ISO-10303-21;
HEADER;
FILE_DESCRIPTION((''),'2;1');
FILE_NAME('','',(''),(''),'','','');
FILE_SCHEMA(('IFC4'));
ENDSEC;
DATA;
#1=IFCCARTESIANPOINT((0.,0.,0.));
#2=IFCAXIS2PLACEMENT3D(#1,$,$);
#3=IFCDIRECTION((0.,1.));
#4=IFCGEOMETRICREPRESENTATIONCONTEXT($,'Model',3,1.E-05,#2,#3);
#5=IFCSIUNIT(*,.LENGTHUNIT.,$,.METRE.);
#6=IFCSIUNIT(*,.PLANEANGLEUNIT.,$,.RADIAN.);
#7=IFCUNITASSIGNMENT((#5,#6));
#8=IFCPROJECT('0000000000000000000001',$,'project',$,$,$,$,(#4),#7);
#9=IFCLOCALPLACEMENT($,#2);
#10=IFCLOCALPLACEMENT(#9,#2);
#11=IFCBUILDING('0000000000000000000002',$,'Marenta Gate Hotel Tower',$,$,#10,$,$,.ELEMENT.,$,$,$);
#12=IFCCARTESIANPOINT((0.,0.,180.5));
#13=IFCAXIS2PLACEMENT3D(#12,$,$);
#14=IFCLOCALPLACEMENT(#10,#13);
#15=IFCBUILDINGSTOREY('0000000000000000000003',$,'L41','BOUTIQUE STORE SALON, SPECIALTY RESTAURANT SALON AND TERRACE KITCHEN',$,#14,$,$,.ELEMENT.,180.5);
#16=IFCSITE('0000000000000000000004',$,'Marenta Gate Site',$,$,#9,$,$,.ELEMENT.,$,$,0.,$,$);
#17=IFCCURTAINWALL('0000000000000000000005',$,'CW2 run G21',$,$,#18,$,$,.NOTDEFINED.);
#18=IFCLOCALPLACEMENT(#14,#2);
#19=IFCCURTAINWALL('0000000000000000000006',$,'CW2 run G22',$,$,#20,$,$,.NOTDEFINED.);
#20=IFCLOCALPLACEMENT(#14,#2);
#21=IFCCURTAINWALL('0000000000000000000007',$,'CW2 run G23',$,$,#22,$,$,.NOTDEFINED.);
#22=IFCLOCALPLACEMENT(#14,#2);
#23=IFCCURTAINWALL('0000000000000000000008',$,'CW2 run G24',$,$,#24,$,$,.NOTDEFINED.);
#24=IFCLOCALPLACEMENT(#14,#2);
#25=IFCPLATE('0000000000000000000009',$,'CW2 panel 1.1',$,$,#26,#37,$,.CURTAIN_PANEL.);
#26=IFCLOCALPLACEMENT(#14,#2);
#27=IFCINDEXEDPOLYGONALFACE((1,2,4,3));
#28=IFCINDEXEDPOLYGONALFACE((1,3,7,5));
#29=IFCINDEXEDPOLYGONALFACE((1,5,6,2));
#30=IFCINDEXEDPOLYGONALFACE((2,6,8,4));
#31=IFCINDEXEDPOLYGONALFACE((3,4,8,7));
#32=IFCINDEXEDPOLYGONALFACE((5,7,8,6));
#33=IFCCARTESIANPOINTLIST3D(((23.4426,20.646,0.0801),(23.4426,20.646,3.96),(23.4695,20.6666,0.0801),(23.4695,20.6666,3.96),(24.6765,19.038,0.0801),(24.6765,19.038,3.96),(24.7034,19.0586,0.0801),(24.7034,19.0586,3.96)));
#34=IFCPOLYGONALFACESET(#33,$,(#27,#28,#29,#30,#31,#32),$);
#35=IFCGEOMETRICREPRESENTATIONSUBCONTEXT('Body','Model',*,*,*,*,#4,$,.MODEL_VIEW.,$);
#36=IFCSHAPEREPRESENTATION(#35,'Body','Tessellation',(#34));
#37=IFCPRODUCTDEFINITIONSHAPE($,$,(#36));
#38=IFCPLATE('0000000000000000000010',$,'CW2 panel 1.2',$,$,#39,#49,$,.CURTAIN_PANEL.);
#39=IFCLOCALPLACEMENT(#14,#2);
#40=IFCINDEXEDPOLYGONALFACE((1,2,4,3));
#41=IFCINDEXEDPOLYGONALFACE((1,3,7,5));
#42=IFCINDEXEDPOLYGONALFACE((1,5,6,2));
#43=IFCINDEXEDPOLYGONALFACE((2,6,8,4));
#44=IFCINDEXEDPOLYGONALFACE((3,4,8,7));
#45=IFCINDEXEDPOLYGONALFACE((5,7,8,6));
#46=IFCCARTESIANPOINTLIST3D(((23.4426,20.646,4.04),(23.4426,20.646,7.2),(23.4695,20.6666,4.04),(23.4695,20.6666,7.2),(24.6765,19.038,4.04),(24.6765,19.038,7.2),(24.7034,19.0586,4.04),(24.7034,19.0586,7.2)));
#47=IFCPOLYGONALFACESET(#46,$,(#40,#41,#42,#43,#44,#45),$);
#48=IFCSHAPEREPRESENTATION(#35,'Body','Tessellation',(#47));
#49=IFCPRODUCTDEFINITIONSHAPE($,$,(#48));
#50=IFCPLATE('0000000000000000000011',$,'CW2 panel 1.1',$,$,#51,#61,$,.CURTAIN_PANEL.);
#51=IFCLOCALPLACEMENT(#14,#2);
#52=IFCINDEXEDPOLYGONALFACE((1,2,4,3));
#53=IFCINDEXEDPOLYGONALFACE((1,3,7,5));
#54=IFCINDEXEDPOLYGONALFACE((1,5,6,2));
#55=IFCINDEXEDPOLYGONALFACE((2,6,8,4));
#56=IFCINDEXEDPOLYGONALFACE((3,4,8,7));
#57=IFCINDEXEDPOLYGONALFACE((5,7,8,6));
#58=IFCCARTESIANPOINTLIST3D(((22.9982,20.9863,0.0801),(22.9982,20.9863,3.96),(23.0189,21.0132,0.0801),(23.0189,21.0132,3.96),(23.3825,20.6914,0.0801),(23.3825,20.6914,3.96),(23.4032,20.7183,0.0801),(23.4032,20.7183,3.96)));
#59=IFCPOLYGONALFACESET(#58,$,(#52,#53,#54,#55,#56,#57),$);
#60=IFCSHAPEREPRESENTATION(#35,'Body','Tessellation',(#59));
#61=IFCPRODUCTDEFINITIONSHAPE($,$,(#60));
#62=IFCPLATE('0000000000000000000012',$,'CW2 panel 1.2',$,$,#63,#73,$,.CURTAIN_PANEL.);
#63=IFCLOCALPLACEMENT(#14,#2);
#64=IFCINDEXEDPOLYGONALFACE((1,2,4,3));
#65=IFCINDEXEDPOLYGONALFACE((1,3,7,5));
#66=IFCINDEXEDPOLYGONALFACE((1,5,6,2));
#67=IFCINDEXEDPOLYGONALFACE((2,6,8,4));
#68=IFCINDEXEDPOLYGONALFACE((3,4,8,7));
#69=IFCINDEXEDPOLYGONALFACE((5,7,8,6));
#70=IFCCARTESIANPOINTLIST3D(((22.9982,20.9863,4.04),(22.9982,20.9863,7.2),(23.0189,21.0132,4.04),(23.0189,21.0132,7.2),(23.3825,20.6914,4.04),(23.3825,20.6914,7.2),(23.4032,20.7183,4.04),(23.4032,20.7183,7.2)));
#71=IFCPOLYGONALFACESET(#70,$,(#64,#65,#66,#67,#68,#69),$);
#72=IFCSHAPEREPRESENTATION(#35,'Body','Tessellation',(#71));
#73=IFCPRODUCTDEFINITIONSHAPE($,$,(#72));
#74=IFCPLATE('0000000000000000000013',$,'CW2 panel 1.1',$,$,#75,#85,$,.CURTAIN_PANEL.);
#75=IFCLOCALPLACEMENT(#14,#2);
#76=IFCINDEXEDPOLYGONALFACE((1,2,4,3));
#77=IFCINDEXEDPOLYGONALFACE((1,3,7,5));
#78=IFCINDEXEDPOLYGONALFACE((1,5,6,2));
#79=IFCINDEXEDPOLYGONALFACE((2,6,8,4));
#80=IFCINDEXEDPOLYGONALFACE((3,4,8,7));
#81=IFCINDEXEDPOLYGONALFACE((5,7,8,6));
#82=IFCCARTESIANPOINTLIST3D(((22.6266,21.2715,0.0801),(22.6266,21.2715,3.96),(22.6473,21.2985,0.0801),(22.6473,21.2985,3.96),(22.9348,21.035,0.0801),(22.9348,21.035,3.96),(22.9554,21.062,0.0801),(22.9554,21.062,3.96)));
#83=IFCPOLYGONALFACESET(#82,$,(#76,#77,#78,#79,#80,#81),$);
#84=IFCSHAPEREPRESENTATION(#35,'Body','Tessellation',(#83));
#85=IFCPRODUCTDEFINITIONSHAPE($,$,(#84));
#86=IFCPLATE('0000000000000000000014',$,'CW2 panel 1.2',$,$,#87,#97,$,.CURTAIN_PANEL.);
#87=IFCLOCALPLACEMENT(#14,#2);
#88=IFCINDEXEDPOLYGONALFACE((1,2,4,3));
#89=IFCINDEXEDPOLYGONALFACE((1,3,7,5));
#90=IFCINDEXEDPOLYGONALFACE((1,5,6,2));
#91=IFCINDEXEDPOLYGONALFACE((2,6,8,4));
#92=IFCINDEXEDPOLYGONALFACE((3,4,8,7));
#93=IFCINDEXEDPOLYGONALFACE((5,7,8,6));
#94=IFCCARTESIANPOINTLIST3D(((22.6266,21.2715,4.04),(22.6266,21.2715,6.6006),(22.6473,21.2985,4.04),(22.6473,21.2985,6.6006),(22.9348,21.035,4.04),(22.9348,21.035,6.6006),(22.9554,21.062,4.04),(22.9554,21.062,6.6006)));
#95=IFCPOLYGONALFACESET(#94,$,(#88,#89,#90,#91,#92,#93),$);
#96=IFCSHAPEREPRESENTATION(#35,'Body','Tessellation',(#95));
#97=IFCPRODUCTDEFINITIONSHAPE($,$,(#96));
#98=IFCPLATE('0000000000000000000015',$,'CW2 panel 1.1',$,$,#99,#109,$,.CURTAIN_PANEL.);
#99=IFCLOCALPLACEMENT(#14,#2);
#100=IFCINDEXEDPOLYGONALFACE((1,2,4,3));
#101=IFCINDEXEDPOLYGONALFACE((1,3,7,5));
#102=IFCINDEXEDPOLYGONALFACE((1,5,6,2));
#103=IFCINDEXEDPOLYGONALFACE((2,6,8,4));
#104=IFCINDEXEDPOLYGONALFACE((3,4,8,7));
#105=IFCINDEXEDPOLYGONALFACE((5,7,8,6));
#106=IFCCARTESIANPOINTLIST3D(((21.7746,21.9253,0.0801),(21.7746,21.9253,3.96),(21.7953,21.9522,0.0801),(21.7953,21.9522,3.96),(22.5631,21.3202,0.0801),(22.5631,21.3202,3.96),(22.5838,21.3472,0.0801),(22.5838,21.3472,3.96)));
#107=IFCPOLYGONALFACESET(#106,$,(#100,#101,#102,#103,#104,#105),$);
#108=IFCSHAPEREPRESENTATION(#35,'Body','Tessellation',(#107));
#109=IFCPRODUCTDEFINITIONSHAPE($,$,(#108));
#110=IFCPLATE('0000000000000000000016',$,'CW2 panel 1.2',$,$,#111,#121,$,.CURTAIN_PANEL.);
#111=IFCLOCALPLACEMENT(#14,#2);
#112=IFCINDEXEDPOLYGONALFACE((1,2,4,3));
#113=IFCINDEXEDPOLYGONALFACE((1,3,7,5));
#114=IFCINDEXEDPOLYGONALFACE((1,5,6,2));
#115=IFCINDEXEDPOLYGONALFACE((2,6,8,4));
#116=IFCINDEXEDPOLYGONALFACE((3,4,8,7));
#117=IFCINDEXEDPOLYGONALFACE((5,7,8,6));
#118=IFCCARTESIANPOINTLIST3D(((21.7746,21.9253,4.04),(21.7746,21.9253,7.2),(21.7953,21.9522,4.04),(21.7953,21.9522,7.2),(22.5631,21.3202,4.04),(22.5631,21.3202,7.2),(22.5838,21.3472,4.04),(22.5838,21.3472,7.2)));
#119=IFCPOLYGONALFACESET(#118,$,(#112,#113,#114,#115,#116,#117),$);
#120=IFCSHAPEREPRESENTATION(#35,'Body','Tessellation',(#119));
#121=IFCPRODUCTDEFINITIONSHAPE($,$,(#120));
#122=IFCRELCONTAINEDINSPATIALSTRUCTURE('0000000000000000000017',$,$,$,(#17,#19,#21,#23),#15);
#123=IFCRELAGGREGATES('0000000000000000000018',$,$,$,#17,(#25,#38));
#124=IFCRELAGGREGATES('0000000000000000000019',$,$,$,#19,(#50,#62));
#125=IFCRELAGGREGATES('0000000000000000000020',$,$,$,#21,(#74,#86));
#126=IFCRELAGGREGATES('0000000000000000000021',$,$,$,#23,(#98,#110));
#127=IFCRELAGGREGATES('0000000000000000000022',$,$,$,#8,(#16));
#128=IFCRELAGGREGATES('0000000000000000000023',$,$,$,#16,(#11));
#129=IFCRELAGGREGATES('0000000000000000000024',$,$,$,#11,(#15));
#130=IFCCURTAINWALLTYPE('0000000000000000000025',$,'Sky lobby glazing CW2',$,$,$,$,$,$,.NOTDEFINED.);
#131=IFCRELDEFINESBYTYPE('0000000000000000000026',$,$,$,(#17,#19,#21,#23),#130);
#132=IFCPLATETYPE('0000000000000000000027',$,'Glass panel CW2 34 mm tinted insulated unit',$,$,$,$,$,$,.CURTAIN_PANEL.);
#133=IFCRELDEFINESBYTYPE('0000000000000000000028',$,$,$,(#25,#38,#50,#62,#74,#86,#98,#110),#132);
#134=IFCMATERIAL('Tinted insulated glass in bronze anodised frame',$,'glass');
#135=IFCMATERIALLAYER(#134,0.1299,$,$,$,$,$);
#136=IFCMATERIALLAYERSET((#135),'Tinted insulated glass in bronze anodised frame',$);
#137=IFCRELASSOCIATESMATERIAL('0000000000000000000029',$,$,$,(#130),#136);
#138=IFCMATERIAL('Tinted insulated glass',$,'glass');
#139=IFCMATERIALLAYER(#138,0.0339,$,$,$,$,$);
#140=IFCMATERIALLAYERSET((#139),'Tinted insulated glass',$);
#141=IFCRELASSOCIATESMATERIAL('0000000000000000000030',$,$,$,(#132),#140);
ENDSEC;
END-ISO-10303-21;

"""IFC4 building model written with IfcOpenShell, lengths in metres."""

from ifc_helpers import new_model, si_unit, direction, frame, origin, origin_2d, place, context, subcontext, project, spatial, rectangle, extrude, material, layer, layer_set, type_object, element, aggregate, save


model = new_model("IFC4")

# Units and contexts
model_context = context("Model", 3, precision=1e-05, world=origin(), true_north=direction((0.0, 1.0)))
body_context = subcontext(model_context, "Body", "Model", "MODEL_VIEW")
ifc_project = project(units=[si_unit("LENGTHUNIT", "METRE"), si_unit("PLANEANGLEUNIT", "RADIAN")], contexts=[model_context])

# Site, building, storey
site_placement = place(None, origin())
site = spatial("IfcSite", under=ifc_project, at=site_placement, Name="Marenta Gate Site", CompositionType="ELEMENT", RefElevation=0.0)
building_placement = place(site_placement, origin())
building = spatial("IfcBuilding", under=site, at=building_placement, Name="Marenta Gate Hotel Tower", CompositionType="ELEMENT")
storey_placement = place(building_placement, frame((0.0, 0.0, 180.5)))
storey = spatial("IfcBuildingStorey", under=building, at=storey_placement, Name="L41", Description="BOUTIQUE STORE SALON, SPECIALTY RESTAURANT SALON AND TERRACE KITCHEN", CompositionType="ELEMENT", Elevation=180.5)

# Curtain walls
ifc_material_1 = material(Name="Tinted insulated glass in bronze anodised frame", Category="glass")
ifc_layer_1 = layer(ifc_material_1, 0.1299)
ifc_layer_set_1 = layer_set([ifc_layer_1], Name="Tinted insulated glass in bronze anodised frame")
curtain_wall_type = type_object("IfcCurtainWallType", Name="Sky lobby glazing CW2", PredefinedType="NOTDEFINED", material=ifc_layer_set_1)
curtain_wall_1_placement = place(storey_placement, origin())
curtain_wall_1 = element("IfcCurtainWall", 1, at=curtain_wall_1_placement, inside=storey, type_object=curtain_wall_type, Name="CW2 run G21", PredefinedType="NOTDEFINED")
curtain_wall_2_placement = place(storey_placement, origin())
curtain_wall_2 = element("IfcCurtainWall", 2, at=curtain_wall_2_placement, inside=storey, type_object=curtain_wall_type, Name="CW2 run G22", PredefinedType="NOTDEFINED")
curtain_wall_3_placement = place(storey_placement, origin())
curtain_wall_3 = element("IfcCurtainWall", 3, at=curtain_wall_3_placement, inside=storey, type_object=curtain_wall_type, Name="CW2 run G23", PredefinedType="NOTDEFINED")
curtain_wall_4_placement = place(storey_placement, origin())
curtain_wall_4 = element("IfcCurtainWall", 4, at=curtain_wall_4_placement, inside=storey, type_object=curtain_wall_type, Name="CW2 run G24", PredefinedType="NOTDEFINED")

# Plates
ifc_material_2 = material(Name="Tinted insulated glass", Category="glass")
ifc_layer_2 = layer(ifc_material_2, 0.0339)
ifc_layer_set_2 = layer_set([ifc_layer_2], Name="Tinted insulated glass")
plate_type = type_object("IfcPlateType", Name="Glass panel CW2 34 mm tinted insulated unit", PredefinedType="CURTAIN_PANEL", material=ifc_layer_set_2)
plate_1_placement = place(storey_placement, frame((24.073, 19.8523, 0.0801), z_axis=(0.0, 0.0, 1.0), x_axis=(-0.608788, 0.793333, 0.0)))
plate_1 = element("IfcPlate", 5, at=plate_1_placement, type_object=plate_type, Name="CW2 panel 1.1", PredefinedType="CURTAIN_PANEL", context=body_context, shape_type="SweptSolid", body=[
    extrude(rectangle(XDim=2.0269, YDim=0.0339, at=origin_2d()), origin(), (0.0, 0.0, 1.0), 3.8799),
])
plate_2_placement = place(storey_placement, frame((24.073, 19.8523, 4.04), z_axis=(0.0, 0.0, 1.0), x_axis=(-0.608788, 0.793333, 0.0)))
plate_2 = element("IfcPlate", 6, at=plate_2_placement, type_object=plate_type, Name="CW2 panel 1.2", PredefinedType="CURTAIN_PANEL", context=body_context, shape_type="SweptSolid", body=[
    extrude(rectangle(XDim=2.0269, YDim=0.0339, at=origin_2d()), origin(), (0.0, 0.0, 1.0), 3.1599),
])
aggregate(curtain_wall_1, [plate_1, plate_2])
plate_3_placement = place(storey_placement, frame((23.2007, 20.8523, 0.0801), z_axis=(0.0, 0.0, 1.0), x_axis=(-0.793361, 0.608751, 0.0)))
plate_3 = element("IfcPlate", 7, at=plate_3_placement, type_object=plate_type, Name="CW2 panel 1.1", PredefinedType="CURTAIN_PANEL", context=body_context, shape_type="SweptSolid", body=[
    extrude(rectangle(XDim=0.4844, YDim=0.0339, at=origin_2d()), origin(), (0.0, 0.0, 1.0), 3.8799),
])
plate_4_placement = place(storey_placement, frame((23.2007, 20.8523, 4.04), z_axis=(0.0, 0.0, 1.0), x_axis=(-0.793361, 0.608751, 0.0)))
plate_4 = element("IfcPlate", 8, at=plate_4_placement, type_object=plate_type, Name="CW2 panel 1.2", PredefinedType="CURTAIN_PANEL", context=body_context, shape_type="SweptSolid", body=[
    extrude(rectangle(XDim=0.4844, YDim=0.0339, at=origin_2d()), origin(), (0.0, 0.0, 1.0), 3.1599),
])
aggregate(curtain_wall_2, [plate_3, plate_4])
plate_5_placement = place(storey_placement, frame((22.791, 21.1667, 0.0801), z_axis=(0.0, 0.0, 1.0), x_axis=(-0.79329, 0.608844, 0.0)))
plate_5 = element("IfcPlate", 9, at=plate_5_placement, type_object=plate_type, Name="CW2 panel 1.1", PredefinedType="CURTAIN_PANEL", context=body_context, shape_type="SweptSolid", body=[
    extrude(rectangle(XDim=0.3884, YDim=0.0339, at=origin_2d()), origin(), (0.0, 0.0, 1.0), 3.8799),
])
plate_6_placement = place(storey_placement, frame((22.791, 21.1667, 4.04), z_axis=(0.0, 0.0, 1.0), x_axis=(-0.79329, 0.608844, 0.0)))
plate_6 = element("IfcPlate", 10, at=plate_6_placement, type_object=plate_type, Name="CW2 panel 1.2", PredefinedType="CURTAIN_PANEL", context=body_context, shape_type="SweptSolid", body=[
    extrude(rectangle(XDim=0.3884, YDim=0.0339, at=origin_2d()), origin(), (0.0, 0.0, 1.0), 2.5605),
])
aggregate(curtain_wall_3, [plate_5, plate_6])
plate_7_placement = place(storey_placement, frame((22.1792, 21.6362, 0.0801), z_axis=(0.0, 0.0, 1.0), x_axis=(-0.793337, 0.608783, 0.0)))
plate_7 = element("IfcPlate", 11, at=plate_7_placement, type_object=plate_type, Name="CW2 panel 1.1", PredefinedType="CURTAIN_PANEL", context=body_context, shape_type="SweptSolid", body=[
    extrude(rectangle(XDim=0.9939, YDim=0.0339, at=origin_2d()), origin(), (0.0, 0.0, 1.0), 3.8799),
])
plate_8_placement = place(storey_placement, frame((22.1792, 21.6362, 4.04), z_axis=(0.0, 0.0, 1.0), x_axis=(-0.793337, 0.608783, 0.0)))
plate_8 = element("IfcPlate", 12, at=plate_8_placement, type_object=plate_type, Name="CW2 panel 1.2", PredefinedType="CURTAIN_PANEL", context=body_context, shape_type="SweptSolid", body=[
    extrude(rectangle(XDim=0.9939, YDim=0.0339, at=origin_2d()), origin(), (0.0, 0.0, 1.0), 3.1599),
])
aggregate(curtain_wall_4, [plate_7, plate_8])

save(model, "model.ifc")
